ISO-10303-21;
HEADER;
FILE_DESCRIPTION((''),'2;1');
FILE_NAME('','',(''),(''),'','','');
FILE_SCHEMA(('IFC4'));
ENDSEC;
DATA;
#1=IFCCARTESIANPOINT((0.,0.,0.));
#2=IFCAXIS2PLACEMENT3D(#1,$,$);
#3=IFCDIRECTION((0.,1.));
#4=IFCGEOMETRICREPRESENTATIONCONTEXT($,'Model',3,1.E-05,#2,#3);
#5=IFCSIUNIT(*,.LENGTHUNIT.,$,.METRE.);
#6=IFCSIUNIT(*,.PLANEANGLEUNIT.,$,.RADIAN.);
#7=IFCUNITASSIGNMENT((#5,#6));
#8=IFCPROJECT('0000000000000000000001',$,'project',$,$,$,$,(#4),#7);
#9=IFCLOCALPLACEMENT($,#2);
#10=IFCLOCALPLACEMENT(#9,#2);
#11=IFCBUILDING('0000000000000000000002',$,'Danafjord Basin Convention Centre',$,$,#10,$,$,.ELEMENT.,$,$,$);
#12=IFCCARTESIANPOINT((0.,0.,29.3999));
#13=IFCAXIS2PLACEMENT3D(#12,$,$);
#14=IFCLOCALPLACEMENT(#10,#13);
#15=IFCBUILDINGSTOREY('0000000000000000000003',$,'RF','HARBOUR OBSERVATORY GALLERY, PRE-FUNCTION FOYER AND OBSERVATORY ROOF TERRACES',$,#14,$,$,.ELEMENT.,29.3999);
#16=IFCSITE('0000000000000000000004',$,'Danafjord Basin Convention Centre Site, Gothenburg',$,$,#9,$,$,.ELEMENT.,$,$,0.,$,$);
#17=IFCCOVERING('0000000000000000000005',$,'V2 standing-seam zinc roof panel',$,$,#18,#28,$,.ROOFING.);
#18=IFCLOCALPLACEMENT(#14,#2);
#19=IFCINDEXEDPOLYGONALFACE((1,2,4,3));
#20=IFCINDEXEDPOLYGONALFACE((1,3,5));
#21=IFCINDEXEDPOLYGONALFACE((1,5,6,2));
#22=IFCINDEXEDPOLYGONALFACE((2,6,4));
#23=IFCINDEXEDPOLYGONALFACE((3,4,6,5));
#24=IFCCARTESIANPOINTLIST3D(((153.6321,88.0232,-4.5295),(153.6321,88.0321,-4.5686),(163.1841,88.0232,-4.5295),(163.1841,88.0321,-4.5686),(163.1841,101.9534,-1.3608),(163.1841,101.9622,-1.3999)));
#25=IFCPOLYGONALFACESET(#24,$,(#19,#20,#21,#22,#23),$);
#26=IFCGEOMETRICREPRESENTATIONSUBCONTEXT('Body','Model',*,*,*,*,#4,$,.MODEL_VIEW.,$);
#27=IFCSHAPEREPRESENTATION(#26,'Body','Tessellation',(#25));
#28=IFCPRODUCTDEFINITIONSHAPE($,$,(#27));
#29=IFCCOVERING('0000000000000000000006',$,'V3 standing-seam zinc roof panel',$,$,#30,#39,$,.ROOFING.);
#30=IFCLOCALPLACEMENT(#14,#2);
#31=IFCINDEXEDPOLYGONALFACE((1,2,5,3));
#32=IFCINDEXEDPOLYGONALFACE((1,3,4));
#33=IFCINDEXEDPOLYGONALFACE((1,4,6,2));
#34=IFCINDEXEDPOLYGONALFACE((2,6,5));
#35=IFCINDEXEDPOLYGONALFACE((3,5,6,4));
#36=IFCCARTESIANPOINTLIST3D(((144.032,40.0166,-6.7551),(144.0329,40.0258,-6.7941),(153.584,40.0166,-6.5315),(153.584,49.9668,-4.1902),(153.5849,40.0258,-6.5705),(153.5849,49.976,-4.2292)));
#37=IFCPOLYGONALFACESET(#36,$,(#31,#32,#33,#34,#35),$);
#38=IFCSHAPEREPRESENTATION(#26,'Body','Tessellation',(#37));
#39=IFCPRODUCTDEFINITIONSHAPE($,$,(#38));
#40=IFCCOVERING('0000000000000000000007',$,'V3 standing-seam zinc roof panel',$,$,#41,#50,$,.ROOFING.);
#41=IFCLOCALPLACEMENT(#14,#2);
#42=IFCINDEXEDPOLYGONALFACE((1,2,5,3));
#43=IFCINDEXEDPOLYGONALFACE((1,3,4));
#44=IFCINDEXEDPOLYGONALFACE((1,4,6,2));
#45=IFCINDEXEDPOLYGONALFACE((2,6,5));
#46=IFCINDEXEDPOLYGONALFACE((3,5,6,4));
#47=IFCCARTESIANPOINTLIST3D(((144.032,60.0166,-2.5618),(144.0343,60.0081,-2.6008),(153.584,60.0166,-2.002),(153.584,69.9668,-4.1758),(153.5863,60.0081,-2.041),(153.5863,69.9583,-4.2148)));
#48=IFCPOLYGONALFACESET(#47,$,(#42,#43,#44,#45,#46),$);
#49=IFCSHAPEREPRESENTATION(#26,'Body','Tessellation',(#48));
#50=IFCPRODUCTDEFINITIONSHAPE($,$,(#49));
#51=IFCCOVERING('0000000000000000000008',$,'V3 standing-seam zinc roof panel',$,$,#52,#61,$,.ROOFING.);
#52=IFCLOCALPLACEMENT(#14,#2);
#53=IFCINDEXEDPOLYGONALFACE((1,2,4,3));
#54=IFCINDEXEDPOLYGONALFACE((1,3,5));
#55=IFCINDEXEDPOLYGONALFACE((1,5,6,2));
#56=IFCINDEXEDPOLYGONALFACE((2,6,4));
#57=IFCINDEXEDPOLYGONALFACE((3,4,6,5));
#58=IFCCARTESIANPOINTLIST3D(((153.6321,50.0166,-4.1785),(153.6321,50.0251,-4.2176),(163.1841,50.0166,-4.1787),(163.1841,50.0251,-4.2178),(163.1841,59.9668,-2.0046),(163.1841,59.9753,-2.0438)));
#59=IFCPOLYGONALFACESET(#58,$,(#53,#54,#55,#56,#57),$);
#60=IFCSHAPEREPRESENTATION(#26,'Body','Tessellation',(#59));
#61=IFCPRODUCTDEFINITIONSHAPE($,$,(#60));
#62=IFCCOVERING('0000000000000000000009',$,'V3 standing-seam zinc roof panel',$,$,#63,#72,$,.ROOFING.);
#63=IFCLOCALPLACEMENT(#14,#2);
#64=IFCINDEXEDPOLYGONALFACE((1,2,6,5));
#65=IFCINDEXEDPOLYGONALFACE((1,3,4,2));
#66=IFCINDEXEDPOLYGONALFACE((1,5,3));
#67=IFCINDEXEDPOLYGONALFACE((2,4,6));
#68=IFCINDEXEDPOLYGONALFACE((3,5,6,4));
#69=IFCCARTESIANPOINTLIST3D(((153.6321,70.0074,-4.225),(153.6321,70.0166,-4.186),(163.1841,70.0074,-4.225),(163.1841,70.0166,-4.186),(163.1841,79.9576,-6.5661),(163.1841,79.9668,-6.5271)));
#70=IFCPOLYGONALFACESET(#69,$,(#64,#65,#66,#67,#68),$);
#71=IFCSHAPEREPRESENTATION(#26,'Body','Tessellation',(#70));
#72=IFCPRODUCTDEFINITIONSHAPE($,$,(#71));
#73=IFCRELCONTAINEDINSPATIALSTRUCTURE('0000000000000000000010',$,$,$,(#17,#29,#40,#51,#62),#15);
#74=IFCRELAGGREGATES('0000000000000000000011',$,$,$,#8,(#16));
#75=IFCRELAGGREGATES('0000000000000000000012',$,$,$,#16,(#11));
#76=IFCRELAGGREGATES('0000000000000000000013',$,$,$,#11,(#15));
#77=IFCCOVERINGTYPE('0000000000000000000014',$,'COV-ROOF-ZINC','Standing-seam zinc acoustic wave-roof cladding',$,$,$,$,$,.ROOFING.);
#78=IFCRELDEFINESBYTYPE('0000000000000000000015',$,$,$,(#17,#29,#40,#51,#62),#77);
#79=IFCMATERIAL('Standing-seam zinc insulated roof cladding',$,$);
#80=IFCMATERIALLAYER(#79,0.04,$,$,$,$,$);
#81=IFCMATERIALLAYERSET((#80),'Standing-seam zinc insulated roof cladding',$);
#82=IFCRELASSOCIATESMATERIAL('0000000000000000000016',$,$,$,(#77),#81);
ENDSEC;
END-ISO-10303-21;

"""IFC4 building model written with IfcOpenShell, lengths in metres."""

from ifc_helpers import new_model, si_unit, direction, frame, origin, place, context, subcontext, project, spatial, polyline, outline, extrude, material, layer, layer_set, type_object, element, save


model = new_model("IFC4")

# Units and contexts
model_context = context("Model", 3, precision=1e-05, world=origin(), true_north=direction((0.0, 1.0)))
body_context = subcontext(model_context, "Body", "Model", "MODEL_VIEW")
ifc_project = project(units=[si_unit("LENGTHUNIT", "METRE"), si_unit("PLANEANGLEUNIT", "RADIAN")], contexts=[model_context])

# Site, building, storey
site_placement = place(None, origin())
site = spatial("IfcSite", under=ifc_project, at=site_placement, Name="Danafjord Basin Convention Centre Site, Gothenburg", CompositionType="ELEMENT", RefElevation=0.0)
building_placement = place(site_placement, origin())
building = spatial("IfcBuilding", under=site, at=building_placement, Name="Danafjord Basin Convention Centre", CompositionType="ELEMENT")
storey_placement = place(building_placement, frame((0.0, 0.0, 29.3999)))
storey = spatial("IfcBuildingStorey", under=building, at=storey_placement, Name="RF", Description="HARBOUR OBSERVATORY GALLERY, PRE-FUNCTION FOYER AND OBSERVATORY ROOF TERRACES", CompositionType="ELEMENT", Elevation=29.3999)

# Coverings
ifc_material_1 = material(Name="Standing-seam zinc insulated roof cladding")
ifc_layer_1 = layer(ifc_material_1, 0.04)
ifc_layer_set_1 = layer_set([ifc_layer_1], Name="Standing-seam zinc insulated roof cladding")
covering_type = type_object("IfcCoveringType", Name="COV-ROOF-ZINC", Description="Standing-seam zinc acoustic wave-roof cladding", PredefinedType="ROOFING", material=ifc_layer_set_1)
covering_1_placement = place(storey_placement, frame((153.6321, 88.0232, -4.5295), z_axis=(0.0, -0.221804, 0.975091), x_axis=(1.0, 0.0, 0.0)))
element("IfcCovering", 1, at=covering_1_placement, inside=storey, type_object=covering_type, Name="V2 standing-seam zinc roof panel", PredefinedType="ROOFING", context=body_context, shape_type="SweptSolid", body=[
    extrude(outline(polyline([(0.0, 0.0), (9.552, 0.0), (9.552, 14.286), (0.0, 0.0)])), origin(), (0.0, 0.0, -1.0), 0.04),
])
covering_2_placement = place(storey_placement, frame((144.032, 40.0166, -6.7551), z_axis=(-0.022784, -0.228988, 0.973163), x_axis=(0.999726, 0.0, 0.023406)))
element("IfcCovering", 2, at=covering_2_placement, inside=storey, type_object=covering_type, Name="V3 standing-seam zinc roof panel", PredefinedType="ROOFING", context=body_context, shape_type="SweptSolid", body=[
    extrude(outline(polyline([(0.0, 0.0), (9.5546, 0.0), (9.6094, 10.2218), (0.0, 0.0)])), origin(), (0.0, 0.0, -1.0), 0.04),
])
covering_3_placement = place(storey_placement, frame((144.032, 60.0166, -2.5618), z_axis=(-0.057163, 0.213088, 0.975359), x_axis=(0.998287, 0.0, 0.058507)))
element("IfcCovering", 3, at=covering_3_placement, inside=storey, type_object=covering_type, Name="V3 standing-seam zinc roof panel", PredefinedType="ROOFING", context=body_context, shape_type="SweptSolid", body=[
    extrude(outline(polyline([(0.0, 0.0), (9.5684, 0.0), (9.4412, 10.1841), (0.0, 0.0)])), origin(), (0.0, 0.0, -1.0), 0.04),
])
covering_4_placement = place(storey_placement, frame((153.6321, 50.0166, -4.1785), z_axis=(0.000025, -0.21346, 0.976952), x_axis=(1.0, 0.0, -0.000026)))
element("IfcCovering", 4, at=covering_4_placement, inside=storey, type_object=covering_type, Name="V3 standing-seam zinc roof panel", PredefinedType="ROOFING", context=body_context, shape_type="SweptSolid", body=[
    extrude(outline(polyline([(0.0, 0.0), (9.552, 0.0), (9.5519, 10.1849), (0.0, 0.0)])), origin(), (0.0, 0.0, -1.0), 0.04),
])
covering_5_placement = place(storey_placement, frame((153.6321, 70.0166, -4.186), z_axis=(0.0, 0.229025, 0.973421), x_axis=(1.0, 0.0, 0.0)))
element("IfcCovering", 5, at=covering_5_placement, inside=storey, type_object=covering_type, Name="V3 standing-seam zinc roof panel", PredefinedType="ROOFING", context=body_context, shape_type="SweptSolid", body=[
    extrude(outline(polyline([(0.0, 0.0), (9.552, 0.0), (9.552, 10.2219), (0.0, 0.0)])), origin(), (0.0, 0.0, -1.0), 0.04),
])

save(model, "model.ifc")
